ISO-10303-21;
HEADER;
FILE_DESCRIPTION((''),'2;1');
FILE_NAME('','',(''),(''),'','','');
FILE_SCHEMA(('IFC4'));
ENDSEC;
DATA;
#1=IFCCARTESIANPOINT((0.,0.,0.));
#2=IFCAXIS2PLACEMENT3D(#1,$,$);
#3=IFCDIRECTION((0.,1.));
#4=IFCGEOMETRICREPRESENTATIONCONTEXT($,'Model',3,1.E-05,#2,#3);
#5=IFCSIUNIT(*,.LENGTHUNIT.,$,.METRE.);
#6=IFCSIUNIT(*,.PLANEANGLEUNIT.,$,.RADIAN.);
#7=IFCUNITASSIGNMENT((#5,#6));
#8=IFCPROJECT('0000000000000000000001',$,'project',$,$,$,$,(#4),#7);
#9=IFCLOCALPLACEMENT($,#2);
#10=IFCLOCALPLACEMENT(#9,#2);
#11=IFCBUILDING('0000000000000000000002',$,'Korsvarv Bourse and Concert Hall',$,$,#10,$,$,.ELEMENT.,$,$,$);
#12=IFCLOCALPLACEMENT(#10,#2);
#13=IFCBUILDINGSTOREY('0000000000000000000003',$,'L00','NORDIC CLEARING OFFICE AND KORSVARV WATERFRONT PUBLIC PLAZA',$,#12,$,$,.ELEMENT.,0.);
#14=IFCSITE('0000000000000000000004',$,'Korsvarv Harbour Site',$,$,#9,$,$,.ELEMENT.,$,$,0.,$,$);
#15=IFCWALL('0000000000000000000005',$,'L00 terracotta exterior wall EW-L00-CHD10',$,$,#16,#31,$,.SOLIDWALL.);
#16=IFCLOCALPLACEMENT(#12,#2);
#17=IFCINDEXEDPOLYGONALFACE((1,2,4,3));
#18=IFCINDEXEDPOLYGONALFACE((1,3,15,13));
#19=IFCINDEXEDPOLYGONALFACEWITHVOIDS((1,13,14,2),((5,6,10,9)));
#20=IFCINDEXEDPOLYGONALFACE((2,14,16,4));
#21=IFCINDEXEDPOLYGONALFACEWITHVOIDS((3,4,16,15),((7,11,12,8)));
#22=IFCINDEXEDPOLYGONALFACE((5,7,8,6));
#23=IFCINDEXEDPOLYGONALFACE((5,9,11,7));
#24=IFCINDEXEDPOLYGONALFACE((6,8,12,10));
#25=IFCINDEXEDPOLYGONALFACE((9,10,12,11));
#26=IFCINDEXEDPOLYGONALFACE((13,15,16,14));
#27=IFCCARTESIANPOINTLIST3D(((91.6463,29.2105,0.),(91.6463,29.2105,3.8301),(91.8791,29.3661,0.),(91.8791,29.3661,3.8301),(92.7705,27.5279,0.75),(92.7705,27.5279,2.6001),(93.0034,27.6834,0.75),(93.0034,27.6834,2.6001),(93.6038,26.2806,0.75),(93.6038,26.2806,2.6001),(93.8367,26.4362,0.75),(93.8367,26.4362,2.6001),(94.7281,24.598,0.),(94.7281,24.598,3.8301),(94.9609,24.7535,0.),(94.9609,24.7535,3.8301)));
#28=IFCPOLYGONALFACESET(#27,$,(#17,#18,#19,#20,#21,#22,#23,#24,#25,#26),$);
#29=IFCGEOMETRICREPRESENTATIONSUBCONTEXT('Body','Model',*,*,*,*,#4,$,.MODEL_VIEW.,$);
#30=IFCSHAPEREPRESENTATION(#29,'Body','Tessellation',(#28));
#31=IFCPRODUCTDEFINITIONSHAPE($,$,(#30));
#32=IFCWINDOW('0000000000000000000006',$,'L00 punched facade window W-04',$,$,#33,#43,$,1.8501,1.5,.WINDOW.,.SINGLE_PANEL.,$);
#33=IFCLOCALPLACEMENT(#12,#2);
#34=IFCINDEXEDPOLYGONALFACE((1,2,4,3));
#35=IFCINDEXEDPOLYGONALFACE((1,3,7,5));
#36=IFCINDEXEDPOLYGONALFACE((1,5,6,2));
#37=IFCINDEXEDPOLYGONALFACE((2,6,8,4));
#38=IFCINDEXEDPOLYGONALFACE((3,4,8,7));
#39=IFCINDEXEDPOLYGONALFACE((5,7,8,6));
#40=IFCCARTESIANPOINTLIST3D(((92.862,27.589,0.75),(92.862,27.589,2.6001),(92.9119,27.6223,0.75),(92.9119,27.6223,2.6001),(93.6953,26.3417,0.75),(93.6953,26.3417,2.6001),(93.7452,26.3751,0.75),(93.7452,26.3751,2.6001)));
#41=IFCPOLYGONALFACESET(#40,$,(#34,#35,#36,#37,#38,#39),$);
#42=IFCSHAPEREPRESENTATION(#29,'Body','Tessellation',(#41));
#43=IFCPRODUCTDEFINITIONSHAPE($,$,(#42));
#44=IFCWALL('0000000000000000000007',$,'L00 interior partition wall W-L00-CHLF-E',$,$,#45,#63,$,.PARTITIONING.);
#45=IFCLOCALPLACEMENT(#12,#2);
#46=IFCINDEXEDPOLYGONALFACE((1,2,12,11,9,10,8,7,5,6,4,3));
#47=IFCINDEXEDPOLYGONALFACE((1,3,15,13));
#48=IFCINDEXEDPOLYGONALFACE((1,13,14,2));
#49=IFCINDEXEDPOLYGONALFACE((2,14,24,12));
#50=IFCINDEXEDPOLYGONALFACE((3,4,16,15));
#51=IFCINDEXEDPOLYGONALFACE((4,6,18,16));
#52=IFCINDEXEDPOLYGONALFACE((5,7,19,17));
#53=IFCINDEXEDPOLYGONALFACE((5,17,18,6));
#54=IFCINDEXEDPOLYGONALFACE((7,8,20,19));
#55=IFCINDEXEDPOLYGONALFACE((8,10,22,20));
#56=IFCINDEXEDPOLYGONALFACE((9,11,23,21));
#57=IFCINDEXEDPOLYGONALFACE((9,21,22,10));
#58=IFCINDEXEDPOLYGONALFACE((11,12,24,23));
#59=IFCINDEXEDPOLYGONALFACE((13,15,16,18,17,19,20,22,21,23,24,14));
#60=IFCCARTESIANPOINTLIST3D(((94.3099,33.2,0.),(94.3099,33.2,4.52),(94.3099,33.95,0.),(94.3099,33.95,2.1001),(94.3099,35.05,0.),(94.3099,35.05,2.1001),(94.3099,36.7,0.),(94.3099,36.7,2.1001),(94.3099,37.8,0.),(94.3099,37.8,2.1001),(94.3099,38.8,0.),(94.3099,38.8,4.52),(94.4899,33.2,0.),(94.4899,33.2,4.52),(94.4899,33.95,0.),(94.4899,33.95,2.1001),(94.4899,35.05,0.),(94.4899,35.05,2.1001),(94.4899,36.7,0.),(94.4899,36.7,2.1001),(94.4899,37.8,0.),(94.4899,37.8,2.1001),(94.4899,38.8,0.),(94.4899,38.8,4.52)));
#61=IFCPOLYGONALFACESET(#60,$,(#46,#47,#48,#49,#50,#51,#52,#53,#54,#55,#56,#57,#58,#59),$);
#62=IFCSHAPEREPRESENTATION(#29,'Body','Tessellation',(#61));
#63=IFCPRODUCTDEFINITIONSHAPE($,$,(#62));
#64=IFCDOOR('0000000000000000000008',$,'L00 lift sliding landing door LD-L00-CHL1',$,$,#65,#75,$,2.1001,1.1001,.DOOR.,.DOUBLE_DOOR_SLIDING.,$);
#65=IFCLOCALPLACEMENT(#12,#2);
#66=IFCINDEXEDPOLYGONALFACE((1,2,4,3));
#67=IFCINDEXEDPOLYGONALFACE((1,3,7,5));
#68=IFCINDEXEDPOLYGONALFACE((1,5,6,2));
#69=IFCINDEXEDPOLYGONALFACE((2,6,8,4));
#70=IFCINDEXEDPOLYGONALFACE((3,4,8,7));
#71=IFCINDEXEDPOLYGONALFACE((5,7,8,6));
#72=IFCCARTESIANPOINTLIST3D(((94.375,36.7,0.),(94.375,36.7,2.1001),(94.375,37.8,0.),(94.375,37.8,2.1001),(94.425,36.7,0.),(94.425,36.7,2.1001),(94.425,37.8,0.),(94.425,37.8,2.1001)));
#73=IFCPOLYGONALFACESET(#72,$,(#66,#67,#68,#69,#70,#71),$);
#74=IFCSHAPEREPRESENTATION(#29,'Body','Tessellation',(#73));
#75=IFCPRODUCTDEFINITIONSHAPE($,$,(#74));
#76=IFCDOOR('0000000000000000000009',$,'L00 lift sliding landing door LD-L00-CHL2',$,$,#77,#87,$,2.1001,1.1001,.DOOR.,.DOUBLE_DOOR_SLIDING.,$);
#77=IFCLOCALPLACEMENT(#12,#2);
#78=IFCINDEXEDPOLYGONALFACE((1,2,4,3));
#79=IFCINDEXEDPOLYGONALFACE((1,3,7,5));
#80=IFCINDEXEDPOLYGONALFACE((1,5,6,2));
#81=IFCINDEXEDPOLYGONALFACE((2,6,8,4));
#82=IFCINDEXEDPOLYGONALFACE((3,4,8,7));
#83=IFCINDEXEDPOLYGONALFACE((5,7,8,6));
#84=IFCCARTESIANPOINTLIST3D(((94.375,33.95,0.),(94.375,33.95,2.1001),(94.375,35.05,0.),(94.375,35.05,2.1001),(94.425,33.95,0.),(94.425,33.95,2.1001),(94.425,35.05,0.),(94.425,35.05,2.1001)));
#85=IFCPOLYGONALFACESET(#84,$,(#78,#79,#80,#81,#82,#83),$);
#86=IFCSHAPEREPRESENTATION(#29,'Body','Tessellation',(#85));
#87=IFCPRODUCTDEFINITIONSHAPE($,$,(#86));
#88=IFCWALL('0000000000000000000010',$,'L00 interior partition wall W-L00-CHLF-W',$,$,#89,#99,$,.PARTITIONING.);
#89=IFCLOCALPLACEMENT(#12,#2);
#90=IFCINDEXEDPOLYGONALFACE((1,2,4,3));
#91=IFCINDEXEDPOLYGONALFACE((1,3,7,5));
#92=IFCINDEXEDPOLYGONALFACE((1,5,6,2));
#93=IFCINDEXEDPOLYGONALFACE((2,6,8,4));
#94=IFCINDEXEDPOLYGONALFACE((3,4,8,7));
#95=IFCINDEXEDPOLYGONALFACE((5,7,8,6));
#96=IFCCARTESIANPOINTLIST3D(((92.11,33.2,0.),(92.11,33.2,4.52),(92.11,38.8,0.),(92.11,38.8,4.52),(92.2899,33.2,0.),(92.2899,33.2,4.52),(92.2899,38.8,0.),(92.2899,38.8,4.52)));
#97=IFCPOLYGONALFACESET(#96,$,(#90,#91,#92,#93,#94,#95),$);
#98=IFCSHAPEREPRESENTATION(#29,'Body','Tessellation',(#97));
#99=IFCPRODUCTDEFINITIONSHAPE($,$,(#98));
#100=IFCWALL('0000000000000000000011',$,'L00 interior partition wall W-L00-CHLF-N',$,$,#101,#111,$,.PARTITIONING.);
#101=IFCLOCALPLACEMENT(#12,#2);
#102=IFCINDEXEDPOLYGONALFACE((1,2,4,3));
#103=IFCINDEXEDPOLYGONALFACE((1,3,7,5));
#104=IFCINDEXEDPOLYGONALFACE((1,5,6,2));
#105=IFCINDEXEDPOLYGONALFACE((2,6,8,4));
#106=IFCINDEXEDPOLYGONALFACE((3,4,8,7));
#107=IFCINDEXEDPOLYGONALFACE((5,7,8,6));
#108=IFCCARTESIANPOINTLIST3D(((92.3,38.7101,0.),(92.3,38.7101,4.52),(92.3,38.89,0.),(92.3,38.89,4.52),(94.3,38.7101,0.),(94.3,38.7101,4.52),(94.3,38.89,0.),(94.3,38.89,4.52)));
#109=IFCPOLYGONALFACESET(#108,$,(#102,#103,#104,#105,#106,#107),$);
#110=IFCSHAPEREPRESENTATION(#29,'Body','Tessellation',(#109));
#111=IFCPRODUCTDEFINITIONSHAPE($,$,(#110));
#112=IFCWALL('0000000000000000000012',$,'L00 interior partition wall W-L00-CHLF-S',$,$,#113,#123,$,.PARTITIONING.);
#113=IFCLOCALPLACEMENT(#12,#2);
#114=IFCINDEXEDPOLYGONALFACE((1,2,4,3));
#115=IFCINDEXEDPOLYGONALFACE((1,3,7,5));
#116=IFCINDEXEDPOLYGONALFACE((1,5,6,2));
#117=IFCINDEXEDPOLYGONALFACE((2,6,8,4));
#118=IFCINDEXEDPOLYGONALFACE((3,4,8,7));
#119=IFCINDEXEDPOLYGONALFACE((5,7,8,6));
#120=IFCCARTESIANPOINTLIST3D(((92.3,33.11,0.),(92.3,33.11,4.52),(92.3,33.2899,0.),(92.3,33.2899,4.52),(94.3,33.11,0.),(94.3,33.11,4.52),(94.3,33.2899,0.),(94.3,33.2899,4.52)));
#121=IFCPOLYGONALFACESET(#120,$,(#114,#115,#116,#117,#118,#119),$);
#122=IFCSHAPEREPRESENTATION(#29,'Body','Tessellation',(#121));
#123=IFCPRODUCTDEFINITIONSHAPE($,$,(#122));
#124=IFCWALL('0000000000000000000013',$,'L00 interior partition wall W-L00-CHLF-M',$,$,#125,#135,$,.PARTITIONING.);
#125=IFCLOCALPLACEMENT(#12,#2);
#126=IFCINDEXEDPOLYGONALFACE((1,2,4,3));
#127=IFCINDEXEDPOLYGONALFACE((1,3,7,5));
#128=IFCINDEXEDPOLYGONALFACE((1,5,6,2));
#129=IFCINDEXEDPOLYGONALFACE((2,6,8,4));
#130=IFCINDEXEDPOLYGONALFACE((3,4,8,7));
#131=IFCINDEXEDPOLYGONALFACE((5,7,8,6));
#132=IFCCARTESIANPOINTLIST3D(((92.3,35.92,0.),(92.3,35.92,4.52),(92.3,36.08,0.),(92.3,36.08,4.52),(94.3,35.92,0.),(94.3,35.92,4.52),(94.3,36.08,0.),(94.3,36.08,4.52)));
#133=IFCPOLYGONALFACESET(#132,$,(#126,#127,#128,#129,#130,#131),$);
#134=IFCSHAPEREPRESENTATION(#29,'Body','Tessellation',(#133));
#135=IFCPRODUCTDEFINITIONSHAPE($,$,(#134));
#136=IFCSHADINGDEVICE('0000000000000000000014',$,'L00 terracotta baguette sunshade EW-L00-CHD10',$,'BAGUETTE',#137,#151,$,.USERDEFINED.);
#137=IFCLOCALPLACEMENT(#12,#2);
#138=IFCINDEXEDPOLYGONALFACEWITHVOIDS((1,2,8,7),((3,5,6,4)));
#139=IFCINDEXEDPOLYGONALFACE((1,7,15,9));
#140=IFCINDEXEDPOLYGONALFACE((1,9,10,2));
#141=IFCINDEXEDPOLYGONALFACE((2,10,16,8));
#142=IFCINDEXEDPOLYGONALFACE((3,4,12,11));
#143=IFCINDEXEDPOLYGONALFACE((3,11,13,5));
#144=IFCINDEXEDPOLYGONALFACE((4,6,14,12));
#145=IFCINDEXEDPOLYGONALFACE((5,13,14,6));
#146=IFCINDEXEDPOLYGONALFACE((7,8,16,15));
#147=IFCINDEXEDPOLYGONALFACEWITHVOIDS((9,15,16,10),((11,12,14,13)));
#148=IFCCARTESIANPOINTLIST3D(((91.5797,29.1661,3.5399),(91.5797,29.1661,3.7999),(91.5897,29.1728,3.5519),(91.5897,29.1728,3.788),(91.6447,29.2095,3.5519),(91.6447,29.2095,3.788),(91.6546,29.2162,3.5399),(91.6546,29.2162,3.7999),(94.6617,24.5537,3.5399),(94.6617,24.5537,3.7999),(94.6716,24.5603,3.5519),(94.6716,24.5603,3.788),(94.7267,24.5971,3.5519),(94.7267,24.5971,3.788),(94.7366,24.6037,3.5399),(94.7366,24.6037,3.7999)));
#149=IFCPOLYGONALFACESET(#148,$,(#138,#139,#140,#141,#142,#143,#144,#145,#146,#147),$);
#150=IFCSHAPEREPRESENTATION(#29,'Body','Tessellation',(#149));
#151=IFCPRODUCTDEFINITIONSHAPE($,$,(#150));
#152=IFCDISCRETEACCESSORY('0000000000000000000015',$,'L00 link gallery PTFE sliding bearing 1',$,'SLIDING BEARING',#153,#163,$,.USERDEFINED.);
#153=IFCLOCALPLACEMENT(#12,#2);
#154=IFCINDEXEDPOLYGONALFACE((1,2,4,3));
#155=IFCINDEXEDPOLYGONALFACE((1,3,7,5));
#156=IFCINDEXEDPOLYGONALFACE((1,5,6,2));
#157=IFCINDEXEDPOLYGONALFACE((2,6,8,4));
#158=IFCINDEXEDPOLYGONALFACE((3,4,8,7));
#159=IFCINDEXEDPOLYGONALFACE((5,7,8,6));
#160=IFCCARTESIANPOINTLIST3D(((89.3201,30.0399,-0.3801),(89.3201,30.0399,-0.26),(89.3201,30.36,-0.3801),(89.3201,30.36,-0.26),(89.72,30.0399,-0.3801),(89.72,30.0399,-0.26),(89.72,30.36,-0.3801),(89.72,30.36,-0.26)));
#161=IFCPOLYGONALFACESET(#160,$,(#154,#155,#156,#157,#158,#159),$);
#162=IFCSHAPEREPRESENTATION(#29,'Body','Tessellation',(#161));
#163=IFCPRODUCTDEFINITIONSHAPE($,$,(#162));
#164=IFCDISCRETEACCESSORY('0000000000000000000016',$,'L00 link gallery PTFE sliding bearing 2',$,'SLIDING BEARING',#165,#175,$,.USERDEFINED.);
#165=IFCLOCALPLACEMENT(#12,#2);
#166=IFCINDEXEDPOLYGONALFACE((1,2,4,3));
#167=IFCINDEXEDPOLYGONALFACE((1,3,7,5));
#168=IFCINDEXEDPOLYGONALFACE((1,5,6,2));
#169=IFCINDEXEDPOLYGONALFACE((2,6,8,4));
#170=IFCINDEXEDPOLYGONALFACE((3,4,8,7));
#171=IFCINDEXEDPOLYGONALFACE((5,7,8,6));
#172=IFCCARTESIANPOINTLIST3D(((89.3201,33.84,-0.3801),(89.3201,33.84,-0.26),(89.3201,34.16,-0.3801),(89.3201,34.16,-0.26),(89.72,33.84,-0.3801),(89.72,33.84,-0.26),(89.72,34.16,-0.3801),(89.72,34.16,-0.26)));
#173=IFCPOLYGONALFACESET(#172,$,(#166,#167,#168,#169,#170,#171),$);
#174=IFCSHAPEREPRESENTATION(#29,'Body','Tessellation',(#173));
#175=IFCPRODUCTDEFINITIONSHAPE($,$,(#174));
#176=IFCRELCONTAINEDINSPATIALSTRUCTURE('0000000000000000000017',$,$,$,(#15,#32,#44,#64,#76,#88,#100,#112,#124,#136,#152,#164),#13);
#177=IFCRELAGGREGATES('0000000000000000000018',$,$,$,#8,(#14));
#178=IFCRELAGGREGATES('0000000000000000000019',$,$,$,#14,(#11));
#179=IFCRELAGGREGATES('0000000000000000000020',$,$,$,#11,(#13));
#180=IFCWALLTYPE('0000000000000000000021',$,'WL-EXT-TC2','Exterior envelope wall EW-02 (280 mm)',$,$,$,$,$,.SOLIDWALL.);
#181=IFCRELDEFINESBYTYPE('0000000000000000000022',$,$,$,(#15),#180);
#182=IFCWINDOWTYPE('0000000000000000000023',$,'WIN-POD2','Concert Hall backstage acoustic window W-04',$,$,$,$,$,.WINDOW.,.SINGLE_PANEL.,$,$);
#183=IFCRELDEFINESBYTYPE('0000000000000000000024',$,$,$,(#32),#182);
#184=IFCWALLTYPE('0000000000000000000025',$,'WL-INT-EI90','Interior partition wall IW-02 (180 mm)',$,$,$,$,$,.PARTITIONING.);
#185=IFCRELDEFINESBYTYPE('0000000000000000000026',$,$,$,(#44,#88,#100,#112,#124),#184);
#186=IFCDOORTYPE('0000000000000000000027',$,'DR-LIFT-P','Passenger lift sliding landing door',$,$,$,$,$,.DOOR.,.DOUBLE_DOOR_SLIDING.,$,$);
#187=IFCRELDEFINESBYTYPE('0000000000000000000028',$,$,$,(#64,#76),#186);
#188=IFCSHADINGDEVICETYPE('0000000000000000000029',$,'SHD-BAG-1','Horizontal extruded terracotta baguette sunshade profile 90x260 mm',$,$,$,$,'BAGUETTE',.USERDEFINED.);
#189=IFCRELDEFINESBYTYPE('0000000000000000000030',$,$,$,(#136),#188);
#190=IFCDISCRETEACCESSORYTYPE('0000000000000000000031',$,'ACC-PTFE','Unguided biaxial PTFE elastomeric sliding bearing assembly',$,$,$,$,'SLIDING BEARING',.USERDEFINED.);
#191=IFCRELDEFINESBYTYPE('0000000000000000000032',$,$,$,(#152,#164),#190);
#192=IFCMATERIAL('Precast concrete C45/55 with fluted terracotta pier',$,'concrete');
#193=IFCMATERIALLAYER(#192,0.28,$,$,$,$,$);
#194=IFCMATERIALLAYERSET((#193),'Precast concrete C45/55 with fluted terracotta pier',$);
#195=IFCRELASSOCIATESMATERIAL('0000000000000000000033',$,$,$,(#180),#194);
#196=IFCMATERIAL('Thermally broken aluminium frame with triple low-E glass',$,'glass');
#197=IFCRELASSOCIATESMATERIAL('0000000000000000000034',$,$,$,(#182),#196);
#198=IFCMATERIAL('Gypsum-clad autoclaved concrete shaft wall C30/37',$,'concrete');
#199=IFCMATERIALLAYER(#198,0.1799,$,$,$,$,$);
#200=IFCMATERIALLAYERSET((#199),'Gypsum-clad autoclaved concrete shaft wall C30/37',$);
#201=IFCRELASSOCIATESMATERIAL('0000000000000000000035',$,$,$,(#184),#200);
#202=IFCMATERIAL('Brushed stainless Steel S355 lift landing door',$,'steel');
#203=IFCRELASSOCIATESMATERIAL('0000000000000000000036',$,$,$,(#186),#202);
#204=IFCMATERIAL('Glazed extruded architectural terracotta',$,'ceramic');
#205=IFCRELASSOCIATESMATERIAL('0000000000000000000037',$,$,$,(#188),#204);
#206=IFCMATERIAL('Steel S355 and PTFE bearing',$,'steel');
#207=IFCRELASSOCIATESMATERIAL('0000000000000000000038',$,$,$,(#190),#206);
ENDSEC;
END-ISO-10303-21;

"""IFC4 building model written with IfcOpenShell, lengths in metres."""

from ifc_helpers import new_model, si_unit, direction, frame, frame_2d, origin, origin_2d, place, context, subcontext, project, spatial, rectangle, hollow_rectangle, extrude, source, transform, mapped, material, layer, layer_set, material_profile, profile_set, type_object, element, fill, save


model = new_model("IFC4")

# Units and contexts
model_context = context("Model", 3, precision=1e-05, world=origin(), true_north=direction((0.0, 1.0)))
body_context = subcontext(model_context, "Body", "Model", "MODEL_VIEW")
ifc_project = project(units=[si_unit("LENGTHUNIT", "METRE"), si_unit("PLANEANGLEUNIT", "RADIAN")], contexts=[model_context])

# Site, building, storey
site_placement = place(None, origin())
site = spatial("IfcSite", under=ifc_project, at=site_placement, Name="Korsvarv Harbour Site", CompositionType="ELEMENT", RefElevation=0.0)
building_placement = place(site_placement, origin())
building = spatial("IfcBuilding", under=site, at=building_placement, Name="Korsvarv Bourse and Concert Hall", CompositionType="ELEMENT")
storey_placement = place(building_placement, origin())
storey = spatial("IfcBuildingStorey", under=building, at=storey_placement, Name="L00", Description="NORDIC CLEARING OFFICE AND KORSVARV WATERFRONT PUBLIC PLAZA", CompositionType="ELEMENT", Elevation=0.0)

# Shared definitions
ifc_material_1 = material(Name="Precast concrete C45/55 with fluted terracotta pier", Category="concrete")
ifc_layer_1 = layer(ifc_material_1, 0.28)
ifc_layer_set_1 = layer_set([ifc_layer_1], Name="Precast concrete C45/55 with fluted terracotta pier")
wall_type_1 = type_object("IfcWallType", Name="WL-EXT-TC2", Description="Exterior envelope wall EW-02 (280 mm)", PredefinedType="SOLIDWALL", material=ifc_layer_set_1)

# Wall, opening, window
wall_1_placement = place(storey_placement, frame((91.7627, 29.2883, 0.0), z_axis=(0.0, 0.0, 1.0), x_axis=(0.555543, -0.831488, 0.0)))
wall_1 = element("IfcWall", 1, at=wall_1_placement, inside=storey, type_object=wall_type_1, Name="L00 terracotta exterior wall EW-L00-CHD10", PredefinedType="SOLIDWALL", context=body_context, shape_type="SweptSolid", body=[
    extrude(rectangle(XDim=5.5474, YDim=0.28, at=frame_2d((2.7737, 0.0))), origin(), (0.0, 0.0, 1.0), 3.8301),
])
opening_1_placement = place(wall_1_placement, frame((2.0237, 0.0, 0.75)))
opening_1 = element("IfcOpeningElement", 2, at=opening_1_placement, cuts=wall_1, PredefinedType="OPENING", context=body_context, shape_type="SweptSolid", body=[
    extrude(rectangle(XDim=1.5, YDim=1.8501, at=frame_2d((0.75, 0.925))), frame((0.0, 0.1499, 0.0), z_axis=(0.0, -1.0, 0.0), x_axis=(1.0, 0.0, 0.0)), (0.0, 0.0, 1.0), 0.3),
])
ifc_material_2 = material(Name="Thermally broken aluminium frame with triple low-E glass", Category="glass")
window_type = type_object("IfcWindowType", Name="WIN-POD2", Description="Concert Hall backstage acoustic window W-04", PartitioningType="SINGLE_PANEL", PredefinedType="WINDOW", material=ifc_material_2)
window_placement = place(opening_1_placement, origin())
window = element("IfcWindow", 3, at=window_placement, inside=storey, type_object=window_type, Name="L00 punched facade window W-04", OverallHeight=1.8501, OverallWidth=1.5, PartitioningType="SINGLE_PANEL", PredefinedType="WINDOW", context=body_context, shape_type="SweptSolid", body=[
    extrude(rectangle(XDim=1.5, YDim=1.8501, at=frame_2d((0.75, 0.925))), frame((0.0, 0.03, 0.0), z_axis=(0.0, -1.0, 0.0), x_axis=(1.0, 0.0, 0.0)), (0.0, 0.0, 1.0), 0.0601),
])
fill(opening_1, window)

# Wall, openings, doors
ifc_material_3 = material(Name="Gypsum-clad autoclaved concrete shaft wall C30/37", Category="concrete")
ifc_layer_2 = layer(ifc_material_3, 0.1799)
ifc_layer_set_2 = layer_set([ifc_layer_2], Name="Gypsum-clad autoclaved concrete shaft wall C30/37")
wall_type_2 = type_object("IfcWallType", Name="WL-INT-EI90", Description="Interior partition wall IW-02 (180 mm)", PredefinedType="PARTITIONING", material=ifc_layer_set_2)
wall_2_placement = place(storey_placement, frame((94.3999, 33.2, 0.0), z_axis=(0.0, 0.0, 1.0), x_axis=(0.0, 1.0, 0.0)))
wall_2 = element("IfcWall", 4, at=wall_2_placement, inside=storey, type_object=wall_type_2, Name="L00 interior partition wall W-L00-CHLF-E", PredefinedType="PARTITIONING", context=body_context, shape_type="SweptSolid", body=[
    extrude(rectangle(XDim=5.6001, YDim=0.1799, at=frame_2d((2.8, 0.0))), origin(), (0.0, 0.0, 1.0), 4.52),
])
opening_2_placement = place(wall_2_placement, frame((3.5, 0.0, 0.0)))
opening_2 = element("IfcOpeningElement", 5, at=opening_2_placement, cuts=wall_2, PredefinedType="OPENING", context=body_context, shape_type="SweptSolid", body=[
    extrude(rectangle(XDim=1.1001, YDim=2.1001, at=frame_2d((0.55, 1.05))), frame((0.0, 0.1001, 0.0), z_axis=(0.0, -1.0, 0.0), x_axis=(1.0, 0.0, 0.0)), (0.0, 0.0, 1.0), 0.2),
])
opening_3_placement = place(wall_2_placement, frame((0.75, 0.0, 0.0)))
opening_3 = element("IfcOpeningElement", 6, at=opening_3_placement, cuts=wall_2, PredefinedType="OPENING", context=body_context, shape_type="SweptSolid", body=[
    extrude(rectangle(XDim=1.1001, YDim=2.1001, at=frame_2d((0.55, 1.05))), frame((0.0, 0.1001, 0.0), z_axis=(0.0, -1.0, 0.0), x_axis=(1.0, 0.0, 0.0)), (0.0, 0.0, 1.0), 0.2),
])
ifc_material_4 = material(Name="Brushed stainless Steel S355 lift landing door", Category="steel")
door_type_1 = type_object("IfcDoorType", Name="DR-LIFT-P", Description="Passenger lift sliding landing door", OperationType="DOUBLE_DOOR_SLIDING", PredefinedType="DOOR", material=ifc_material_4)
door_1_placement = place(opening_2_placement, origin())
door_1 = element("IfcDoor", 7, at=door_1_placement, inside=storey, type_object=door_type_1, Name="L00 lift sliding landing door LD-L00-CHL1", OperationType="DOUBLE_DOOR_SLIDING", OverallHeight=2.1001, OverallWidth=1.1001, PredefinedType="DOOR", context=body_context, shape_type="SweptSolid", body=[
    extrude(rectangle(XDim=1.1001, YDim=2.1001, at=frame_2d((0.55, 1.05))), frame((0.0, 0.0249, 0.0), z_axis=(0.0, -1.0, 0.0), x_axis=(1.0, 0.0, 0.0)), (0.0, 0.0, 1.0), 0.05),
])
fill(opening_2, door_1)
door_2_placement = place(opening_3_placement, origin())
door_2 = element("IfcDoor", 8, at=door_2_placement, inside=storey, type_object=door_type_1, Name="L00 lift sliding landing door LD-L00-CHL2", OperationType="DOUBLE_DOOR_SLIDING", OverallHeight=2.1001, OverallWidth=1.1001, PredefinedType="DOOR", context=body_context, shape_type="SweptSolid", body=[
    extrude(rectangle(XDim=1.1001, YDim=2.1001, at=frame_2d((0.55, 1.05))), frame((0.0, 0.0249, 0.0), z_axis=(0.0, -1.0, 0.0), x_axis=(1.0, 0.0, 0.0)), (0.0, 0.0, 1.0), 0.05),
])
fill(opening_3, door_2)

# Walls
wall_3_placement = place(storey_placement, frame((92.2, 33.2, 0.0), z_axis=(0.0, 0.0, 1.0), x_axis=(0.0, 1.0, 0.0)))
element("IfcWall", 9, at=wall_3_placement, inside=storey, type_object=wall_type_2, Name="L00 interior partition wall W-L00-CHLF-W", PredefinedType="PARTITIONING", context=body_context, shape_type="SweptSolid", body=[
    extrude(rectangle(XDim=5.6001, YDim=0.1799, at=frame_2d((2.8, 0.0))), origin(), (0.0, 0.0, 1.0), 4.52),
])
for number, where, z_axis, x_axis, name in (
    (10, (92.3, 38.8, 0.0), (0.0, 0.0, 1.0), (1.0, 0.0, 0.0), "L00 interior partition wall W-L00-CHLF-N"),
    (11, (92.3, 33.2, 0.0), (0.0, 0.0, 1.0), (1.0, 0.0, 0.0), "L00 interior partition wall W-L00-CHLF-S"),
):
    element("IfcWall", number, at=place(storey_placement, frame(where, z_axis=z_axis, x_axis=x_axis)), inside=storey, type_object=wall_type_2, Name=name, PredefinedType="PARTITIONING", context=body_context, shape_type="SweptSolid", body=[
        extrude(rectangle(XDim=2.0, YDim=0.1799, at=frame_2d((1.0, 0.0))), origin(), (0.0, 0.0, 1.0), 4.52),
    ])
wall_4_placement = place(storey_placement, frame((92.3, 36.0, 0.0), z_axis=(0.0, 0.0, 1.0), x_axis=(1.0, 0.0, 0.0)))
element("IfcWall", 12, at=wall_4_placement, inside=storey, type_object=wall_type_2, Name="L00 interior partition wall W-L00-CHLF-M", PredefinedType="PARTITIONING", context=body_context, shape_type="SweptSolid", body=[
    extrude(rectangle(XDim=2.0, YDim=0.1599, at=frame_2d((1.0, 0.0))), origin(), (0.0, 0.0, 1.0), 4.52),
])

# Shading device
ifc_material_5 = material(Name="Glazed extruded architectural terracotta", Category="ceramic")
ifc_material_profile_1 = material_profile(ifc_material_5, hollow_rectangle(XDim=0.0901, YDim=0.26, WallThickness=0.012, at=origin_2d()), Name="TC-BAG 90x260")
ifc_profile_set_1 = profile_set([ifc_material_profile_1], Name="Glazed extruded architectural terracotta")
shading_device_type = type_object("IfcShadingDeviceType", Name="SHD-BAG-1", Description="Horizontal extruded terracotta baguette sunshade profile 90x260 mm", ElementType="BAGUETTE", PredefinedType="USERDEFINED", material=ifc_profile_set_1)
shared_shape_1 = source(origin(), body_context, "Body", "SweptSolid", [
    extrude(hollow_rectangle(XDim=0.0901, YDim=0.26, WallThickness=0.012, at=origin_2d()), origin(), (0.0, 0.0, 1.0), 5.5474),
])
shading_device_placement = place(storey_placement, frame((91.6172, 29.1912, 3.6699), z_axis=(0.555573, -0.831468, 0.0), x_axis=(0.831468, 0.555573, 0.0)))
element("IfcShadingDevice", 13, at=shading_device_placement, inside=storey, type_object=shading_device_type, Name="L00 terracotta baguette sunshade EW-L00-CHD10", ObjectType="BAGUETTE", PredefinedType="USERDEFINED", context=body_context, shape_type="MappedRepresentation", body=[
    mapped(shared_shape_1, transform((0.0, 0.0, 0.0), scale=1.0)),
])

# Discrete accessories
ifc_material_6 = material(Name="Steel S355 and PTFE bearing", Category="steel")
discrete_accessory_type = type_object("IfcDiscreteAccessoryType", Name="ACC-PTFE", Description="Unguided biaxial PTFE elastomeric sliding bearing assembly", ElementType="SLIDING BEARING", PredefinedType="USERDEFINED", material=ifc_material_6)
shared_shape_2 = source(origin(), body_context, "Body", "SweptSolid", [
    extrude(rectangle(XDim=0.3999, YDim=0.3201, at=origin_2d()), origin(), (0.0, 0.0, 1.0), 0.1201),
])
for number, where, z_axis, x_axis, name in (
    (14, (89.52, 30.2, -0.3801), (0.0, 0.0, 1.0), (1.0, 0.0, 0.0), "L00 link gallery PTFE sliding bearing 1"),
    (15, (89.52, 34.0, -0.3801), (0.0, 0.0, 1.0), (1.0, 0.0, 0.0), "L00 link gallery PTFE sliding bearing 2"),
):
    element("IfcDiscreteAccessory", number, at=place(storey_placement, frame(where, z_axis=z_axis, x_axis=x_axis)), inside=storey, type_object=discrete_accessory_type, Name=name, ObjectType="SLIDING BEARING", PredefinedType="USERDEFINED", context=body_context, shape_type="MappedRepresentation", body=[
        mapped(shared_shape_2, transform((0.0, 0.0, 0.0), scale=1.0)),
    ])

save(model, "model.ifc")
